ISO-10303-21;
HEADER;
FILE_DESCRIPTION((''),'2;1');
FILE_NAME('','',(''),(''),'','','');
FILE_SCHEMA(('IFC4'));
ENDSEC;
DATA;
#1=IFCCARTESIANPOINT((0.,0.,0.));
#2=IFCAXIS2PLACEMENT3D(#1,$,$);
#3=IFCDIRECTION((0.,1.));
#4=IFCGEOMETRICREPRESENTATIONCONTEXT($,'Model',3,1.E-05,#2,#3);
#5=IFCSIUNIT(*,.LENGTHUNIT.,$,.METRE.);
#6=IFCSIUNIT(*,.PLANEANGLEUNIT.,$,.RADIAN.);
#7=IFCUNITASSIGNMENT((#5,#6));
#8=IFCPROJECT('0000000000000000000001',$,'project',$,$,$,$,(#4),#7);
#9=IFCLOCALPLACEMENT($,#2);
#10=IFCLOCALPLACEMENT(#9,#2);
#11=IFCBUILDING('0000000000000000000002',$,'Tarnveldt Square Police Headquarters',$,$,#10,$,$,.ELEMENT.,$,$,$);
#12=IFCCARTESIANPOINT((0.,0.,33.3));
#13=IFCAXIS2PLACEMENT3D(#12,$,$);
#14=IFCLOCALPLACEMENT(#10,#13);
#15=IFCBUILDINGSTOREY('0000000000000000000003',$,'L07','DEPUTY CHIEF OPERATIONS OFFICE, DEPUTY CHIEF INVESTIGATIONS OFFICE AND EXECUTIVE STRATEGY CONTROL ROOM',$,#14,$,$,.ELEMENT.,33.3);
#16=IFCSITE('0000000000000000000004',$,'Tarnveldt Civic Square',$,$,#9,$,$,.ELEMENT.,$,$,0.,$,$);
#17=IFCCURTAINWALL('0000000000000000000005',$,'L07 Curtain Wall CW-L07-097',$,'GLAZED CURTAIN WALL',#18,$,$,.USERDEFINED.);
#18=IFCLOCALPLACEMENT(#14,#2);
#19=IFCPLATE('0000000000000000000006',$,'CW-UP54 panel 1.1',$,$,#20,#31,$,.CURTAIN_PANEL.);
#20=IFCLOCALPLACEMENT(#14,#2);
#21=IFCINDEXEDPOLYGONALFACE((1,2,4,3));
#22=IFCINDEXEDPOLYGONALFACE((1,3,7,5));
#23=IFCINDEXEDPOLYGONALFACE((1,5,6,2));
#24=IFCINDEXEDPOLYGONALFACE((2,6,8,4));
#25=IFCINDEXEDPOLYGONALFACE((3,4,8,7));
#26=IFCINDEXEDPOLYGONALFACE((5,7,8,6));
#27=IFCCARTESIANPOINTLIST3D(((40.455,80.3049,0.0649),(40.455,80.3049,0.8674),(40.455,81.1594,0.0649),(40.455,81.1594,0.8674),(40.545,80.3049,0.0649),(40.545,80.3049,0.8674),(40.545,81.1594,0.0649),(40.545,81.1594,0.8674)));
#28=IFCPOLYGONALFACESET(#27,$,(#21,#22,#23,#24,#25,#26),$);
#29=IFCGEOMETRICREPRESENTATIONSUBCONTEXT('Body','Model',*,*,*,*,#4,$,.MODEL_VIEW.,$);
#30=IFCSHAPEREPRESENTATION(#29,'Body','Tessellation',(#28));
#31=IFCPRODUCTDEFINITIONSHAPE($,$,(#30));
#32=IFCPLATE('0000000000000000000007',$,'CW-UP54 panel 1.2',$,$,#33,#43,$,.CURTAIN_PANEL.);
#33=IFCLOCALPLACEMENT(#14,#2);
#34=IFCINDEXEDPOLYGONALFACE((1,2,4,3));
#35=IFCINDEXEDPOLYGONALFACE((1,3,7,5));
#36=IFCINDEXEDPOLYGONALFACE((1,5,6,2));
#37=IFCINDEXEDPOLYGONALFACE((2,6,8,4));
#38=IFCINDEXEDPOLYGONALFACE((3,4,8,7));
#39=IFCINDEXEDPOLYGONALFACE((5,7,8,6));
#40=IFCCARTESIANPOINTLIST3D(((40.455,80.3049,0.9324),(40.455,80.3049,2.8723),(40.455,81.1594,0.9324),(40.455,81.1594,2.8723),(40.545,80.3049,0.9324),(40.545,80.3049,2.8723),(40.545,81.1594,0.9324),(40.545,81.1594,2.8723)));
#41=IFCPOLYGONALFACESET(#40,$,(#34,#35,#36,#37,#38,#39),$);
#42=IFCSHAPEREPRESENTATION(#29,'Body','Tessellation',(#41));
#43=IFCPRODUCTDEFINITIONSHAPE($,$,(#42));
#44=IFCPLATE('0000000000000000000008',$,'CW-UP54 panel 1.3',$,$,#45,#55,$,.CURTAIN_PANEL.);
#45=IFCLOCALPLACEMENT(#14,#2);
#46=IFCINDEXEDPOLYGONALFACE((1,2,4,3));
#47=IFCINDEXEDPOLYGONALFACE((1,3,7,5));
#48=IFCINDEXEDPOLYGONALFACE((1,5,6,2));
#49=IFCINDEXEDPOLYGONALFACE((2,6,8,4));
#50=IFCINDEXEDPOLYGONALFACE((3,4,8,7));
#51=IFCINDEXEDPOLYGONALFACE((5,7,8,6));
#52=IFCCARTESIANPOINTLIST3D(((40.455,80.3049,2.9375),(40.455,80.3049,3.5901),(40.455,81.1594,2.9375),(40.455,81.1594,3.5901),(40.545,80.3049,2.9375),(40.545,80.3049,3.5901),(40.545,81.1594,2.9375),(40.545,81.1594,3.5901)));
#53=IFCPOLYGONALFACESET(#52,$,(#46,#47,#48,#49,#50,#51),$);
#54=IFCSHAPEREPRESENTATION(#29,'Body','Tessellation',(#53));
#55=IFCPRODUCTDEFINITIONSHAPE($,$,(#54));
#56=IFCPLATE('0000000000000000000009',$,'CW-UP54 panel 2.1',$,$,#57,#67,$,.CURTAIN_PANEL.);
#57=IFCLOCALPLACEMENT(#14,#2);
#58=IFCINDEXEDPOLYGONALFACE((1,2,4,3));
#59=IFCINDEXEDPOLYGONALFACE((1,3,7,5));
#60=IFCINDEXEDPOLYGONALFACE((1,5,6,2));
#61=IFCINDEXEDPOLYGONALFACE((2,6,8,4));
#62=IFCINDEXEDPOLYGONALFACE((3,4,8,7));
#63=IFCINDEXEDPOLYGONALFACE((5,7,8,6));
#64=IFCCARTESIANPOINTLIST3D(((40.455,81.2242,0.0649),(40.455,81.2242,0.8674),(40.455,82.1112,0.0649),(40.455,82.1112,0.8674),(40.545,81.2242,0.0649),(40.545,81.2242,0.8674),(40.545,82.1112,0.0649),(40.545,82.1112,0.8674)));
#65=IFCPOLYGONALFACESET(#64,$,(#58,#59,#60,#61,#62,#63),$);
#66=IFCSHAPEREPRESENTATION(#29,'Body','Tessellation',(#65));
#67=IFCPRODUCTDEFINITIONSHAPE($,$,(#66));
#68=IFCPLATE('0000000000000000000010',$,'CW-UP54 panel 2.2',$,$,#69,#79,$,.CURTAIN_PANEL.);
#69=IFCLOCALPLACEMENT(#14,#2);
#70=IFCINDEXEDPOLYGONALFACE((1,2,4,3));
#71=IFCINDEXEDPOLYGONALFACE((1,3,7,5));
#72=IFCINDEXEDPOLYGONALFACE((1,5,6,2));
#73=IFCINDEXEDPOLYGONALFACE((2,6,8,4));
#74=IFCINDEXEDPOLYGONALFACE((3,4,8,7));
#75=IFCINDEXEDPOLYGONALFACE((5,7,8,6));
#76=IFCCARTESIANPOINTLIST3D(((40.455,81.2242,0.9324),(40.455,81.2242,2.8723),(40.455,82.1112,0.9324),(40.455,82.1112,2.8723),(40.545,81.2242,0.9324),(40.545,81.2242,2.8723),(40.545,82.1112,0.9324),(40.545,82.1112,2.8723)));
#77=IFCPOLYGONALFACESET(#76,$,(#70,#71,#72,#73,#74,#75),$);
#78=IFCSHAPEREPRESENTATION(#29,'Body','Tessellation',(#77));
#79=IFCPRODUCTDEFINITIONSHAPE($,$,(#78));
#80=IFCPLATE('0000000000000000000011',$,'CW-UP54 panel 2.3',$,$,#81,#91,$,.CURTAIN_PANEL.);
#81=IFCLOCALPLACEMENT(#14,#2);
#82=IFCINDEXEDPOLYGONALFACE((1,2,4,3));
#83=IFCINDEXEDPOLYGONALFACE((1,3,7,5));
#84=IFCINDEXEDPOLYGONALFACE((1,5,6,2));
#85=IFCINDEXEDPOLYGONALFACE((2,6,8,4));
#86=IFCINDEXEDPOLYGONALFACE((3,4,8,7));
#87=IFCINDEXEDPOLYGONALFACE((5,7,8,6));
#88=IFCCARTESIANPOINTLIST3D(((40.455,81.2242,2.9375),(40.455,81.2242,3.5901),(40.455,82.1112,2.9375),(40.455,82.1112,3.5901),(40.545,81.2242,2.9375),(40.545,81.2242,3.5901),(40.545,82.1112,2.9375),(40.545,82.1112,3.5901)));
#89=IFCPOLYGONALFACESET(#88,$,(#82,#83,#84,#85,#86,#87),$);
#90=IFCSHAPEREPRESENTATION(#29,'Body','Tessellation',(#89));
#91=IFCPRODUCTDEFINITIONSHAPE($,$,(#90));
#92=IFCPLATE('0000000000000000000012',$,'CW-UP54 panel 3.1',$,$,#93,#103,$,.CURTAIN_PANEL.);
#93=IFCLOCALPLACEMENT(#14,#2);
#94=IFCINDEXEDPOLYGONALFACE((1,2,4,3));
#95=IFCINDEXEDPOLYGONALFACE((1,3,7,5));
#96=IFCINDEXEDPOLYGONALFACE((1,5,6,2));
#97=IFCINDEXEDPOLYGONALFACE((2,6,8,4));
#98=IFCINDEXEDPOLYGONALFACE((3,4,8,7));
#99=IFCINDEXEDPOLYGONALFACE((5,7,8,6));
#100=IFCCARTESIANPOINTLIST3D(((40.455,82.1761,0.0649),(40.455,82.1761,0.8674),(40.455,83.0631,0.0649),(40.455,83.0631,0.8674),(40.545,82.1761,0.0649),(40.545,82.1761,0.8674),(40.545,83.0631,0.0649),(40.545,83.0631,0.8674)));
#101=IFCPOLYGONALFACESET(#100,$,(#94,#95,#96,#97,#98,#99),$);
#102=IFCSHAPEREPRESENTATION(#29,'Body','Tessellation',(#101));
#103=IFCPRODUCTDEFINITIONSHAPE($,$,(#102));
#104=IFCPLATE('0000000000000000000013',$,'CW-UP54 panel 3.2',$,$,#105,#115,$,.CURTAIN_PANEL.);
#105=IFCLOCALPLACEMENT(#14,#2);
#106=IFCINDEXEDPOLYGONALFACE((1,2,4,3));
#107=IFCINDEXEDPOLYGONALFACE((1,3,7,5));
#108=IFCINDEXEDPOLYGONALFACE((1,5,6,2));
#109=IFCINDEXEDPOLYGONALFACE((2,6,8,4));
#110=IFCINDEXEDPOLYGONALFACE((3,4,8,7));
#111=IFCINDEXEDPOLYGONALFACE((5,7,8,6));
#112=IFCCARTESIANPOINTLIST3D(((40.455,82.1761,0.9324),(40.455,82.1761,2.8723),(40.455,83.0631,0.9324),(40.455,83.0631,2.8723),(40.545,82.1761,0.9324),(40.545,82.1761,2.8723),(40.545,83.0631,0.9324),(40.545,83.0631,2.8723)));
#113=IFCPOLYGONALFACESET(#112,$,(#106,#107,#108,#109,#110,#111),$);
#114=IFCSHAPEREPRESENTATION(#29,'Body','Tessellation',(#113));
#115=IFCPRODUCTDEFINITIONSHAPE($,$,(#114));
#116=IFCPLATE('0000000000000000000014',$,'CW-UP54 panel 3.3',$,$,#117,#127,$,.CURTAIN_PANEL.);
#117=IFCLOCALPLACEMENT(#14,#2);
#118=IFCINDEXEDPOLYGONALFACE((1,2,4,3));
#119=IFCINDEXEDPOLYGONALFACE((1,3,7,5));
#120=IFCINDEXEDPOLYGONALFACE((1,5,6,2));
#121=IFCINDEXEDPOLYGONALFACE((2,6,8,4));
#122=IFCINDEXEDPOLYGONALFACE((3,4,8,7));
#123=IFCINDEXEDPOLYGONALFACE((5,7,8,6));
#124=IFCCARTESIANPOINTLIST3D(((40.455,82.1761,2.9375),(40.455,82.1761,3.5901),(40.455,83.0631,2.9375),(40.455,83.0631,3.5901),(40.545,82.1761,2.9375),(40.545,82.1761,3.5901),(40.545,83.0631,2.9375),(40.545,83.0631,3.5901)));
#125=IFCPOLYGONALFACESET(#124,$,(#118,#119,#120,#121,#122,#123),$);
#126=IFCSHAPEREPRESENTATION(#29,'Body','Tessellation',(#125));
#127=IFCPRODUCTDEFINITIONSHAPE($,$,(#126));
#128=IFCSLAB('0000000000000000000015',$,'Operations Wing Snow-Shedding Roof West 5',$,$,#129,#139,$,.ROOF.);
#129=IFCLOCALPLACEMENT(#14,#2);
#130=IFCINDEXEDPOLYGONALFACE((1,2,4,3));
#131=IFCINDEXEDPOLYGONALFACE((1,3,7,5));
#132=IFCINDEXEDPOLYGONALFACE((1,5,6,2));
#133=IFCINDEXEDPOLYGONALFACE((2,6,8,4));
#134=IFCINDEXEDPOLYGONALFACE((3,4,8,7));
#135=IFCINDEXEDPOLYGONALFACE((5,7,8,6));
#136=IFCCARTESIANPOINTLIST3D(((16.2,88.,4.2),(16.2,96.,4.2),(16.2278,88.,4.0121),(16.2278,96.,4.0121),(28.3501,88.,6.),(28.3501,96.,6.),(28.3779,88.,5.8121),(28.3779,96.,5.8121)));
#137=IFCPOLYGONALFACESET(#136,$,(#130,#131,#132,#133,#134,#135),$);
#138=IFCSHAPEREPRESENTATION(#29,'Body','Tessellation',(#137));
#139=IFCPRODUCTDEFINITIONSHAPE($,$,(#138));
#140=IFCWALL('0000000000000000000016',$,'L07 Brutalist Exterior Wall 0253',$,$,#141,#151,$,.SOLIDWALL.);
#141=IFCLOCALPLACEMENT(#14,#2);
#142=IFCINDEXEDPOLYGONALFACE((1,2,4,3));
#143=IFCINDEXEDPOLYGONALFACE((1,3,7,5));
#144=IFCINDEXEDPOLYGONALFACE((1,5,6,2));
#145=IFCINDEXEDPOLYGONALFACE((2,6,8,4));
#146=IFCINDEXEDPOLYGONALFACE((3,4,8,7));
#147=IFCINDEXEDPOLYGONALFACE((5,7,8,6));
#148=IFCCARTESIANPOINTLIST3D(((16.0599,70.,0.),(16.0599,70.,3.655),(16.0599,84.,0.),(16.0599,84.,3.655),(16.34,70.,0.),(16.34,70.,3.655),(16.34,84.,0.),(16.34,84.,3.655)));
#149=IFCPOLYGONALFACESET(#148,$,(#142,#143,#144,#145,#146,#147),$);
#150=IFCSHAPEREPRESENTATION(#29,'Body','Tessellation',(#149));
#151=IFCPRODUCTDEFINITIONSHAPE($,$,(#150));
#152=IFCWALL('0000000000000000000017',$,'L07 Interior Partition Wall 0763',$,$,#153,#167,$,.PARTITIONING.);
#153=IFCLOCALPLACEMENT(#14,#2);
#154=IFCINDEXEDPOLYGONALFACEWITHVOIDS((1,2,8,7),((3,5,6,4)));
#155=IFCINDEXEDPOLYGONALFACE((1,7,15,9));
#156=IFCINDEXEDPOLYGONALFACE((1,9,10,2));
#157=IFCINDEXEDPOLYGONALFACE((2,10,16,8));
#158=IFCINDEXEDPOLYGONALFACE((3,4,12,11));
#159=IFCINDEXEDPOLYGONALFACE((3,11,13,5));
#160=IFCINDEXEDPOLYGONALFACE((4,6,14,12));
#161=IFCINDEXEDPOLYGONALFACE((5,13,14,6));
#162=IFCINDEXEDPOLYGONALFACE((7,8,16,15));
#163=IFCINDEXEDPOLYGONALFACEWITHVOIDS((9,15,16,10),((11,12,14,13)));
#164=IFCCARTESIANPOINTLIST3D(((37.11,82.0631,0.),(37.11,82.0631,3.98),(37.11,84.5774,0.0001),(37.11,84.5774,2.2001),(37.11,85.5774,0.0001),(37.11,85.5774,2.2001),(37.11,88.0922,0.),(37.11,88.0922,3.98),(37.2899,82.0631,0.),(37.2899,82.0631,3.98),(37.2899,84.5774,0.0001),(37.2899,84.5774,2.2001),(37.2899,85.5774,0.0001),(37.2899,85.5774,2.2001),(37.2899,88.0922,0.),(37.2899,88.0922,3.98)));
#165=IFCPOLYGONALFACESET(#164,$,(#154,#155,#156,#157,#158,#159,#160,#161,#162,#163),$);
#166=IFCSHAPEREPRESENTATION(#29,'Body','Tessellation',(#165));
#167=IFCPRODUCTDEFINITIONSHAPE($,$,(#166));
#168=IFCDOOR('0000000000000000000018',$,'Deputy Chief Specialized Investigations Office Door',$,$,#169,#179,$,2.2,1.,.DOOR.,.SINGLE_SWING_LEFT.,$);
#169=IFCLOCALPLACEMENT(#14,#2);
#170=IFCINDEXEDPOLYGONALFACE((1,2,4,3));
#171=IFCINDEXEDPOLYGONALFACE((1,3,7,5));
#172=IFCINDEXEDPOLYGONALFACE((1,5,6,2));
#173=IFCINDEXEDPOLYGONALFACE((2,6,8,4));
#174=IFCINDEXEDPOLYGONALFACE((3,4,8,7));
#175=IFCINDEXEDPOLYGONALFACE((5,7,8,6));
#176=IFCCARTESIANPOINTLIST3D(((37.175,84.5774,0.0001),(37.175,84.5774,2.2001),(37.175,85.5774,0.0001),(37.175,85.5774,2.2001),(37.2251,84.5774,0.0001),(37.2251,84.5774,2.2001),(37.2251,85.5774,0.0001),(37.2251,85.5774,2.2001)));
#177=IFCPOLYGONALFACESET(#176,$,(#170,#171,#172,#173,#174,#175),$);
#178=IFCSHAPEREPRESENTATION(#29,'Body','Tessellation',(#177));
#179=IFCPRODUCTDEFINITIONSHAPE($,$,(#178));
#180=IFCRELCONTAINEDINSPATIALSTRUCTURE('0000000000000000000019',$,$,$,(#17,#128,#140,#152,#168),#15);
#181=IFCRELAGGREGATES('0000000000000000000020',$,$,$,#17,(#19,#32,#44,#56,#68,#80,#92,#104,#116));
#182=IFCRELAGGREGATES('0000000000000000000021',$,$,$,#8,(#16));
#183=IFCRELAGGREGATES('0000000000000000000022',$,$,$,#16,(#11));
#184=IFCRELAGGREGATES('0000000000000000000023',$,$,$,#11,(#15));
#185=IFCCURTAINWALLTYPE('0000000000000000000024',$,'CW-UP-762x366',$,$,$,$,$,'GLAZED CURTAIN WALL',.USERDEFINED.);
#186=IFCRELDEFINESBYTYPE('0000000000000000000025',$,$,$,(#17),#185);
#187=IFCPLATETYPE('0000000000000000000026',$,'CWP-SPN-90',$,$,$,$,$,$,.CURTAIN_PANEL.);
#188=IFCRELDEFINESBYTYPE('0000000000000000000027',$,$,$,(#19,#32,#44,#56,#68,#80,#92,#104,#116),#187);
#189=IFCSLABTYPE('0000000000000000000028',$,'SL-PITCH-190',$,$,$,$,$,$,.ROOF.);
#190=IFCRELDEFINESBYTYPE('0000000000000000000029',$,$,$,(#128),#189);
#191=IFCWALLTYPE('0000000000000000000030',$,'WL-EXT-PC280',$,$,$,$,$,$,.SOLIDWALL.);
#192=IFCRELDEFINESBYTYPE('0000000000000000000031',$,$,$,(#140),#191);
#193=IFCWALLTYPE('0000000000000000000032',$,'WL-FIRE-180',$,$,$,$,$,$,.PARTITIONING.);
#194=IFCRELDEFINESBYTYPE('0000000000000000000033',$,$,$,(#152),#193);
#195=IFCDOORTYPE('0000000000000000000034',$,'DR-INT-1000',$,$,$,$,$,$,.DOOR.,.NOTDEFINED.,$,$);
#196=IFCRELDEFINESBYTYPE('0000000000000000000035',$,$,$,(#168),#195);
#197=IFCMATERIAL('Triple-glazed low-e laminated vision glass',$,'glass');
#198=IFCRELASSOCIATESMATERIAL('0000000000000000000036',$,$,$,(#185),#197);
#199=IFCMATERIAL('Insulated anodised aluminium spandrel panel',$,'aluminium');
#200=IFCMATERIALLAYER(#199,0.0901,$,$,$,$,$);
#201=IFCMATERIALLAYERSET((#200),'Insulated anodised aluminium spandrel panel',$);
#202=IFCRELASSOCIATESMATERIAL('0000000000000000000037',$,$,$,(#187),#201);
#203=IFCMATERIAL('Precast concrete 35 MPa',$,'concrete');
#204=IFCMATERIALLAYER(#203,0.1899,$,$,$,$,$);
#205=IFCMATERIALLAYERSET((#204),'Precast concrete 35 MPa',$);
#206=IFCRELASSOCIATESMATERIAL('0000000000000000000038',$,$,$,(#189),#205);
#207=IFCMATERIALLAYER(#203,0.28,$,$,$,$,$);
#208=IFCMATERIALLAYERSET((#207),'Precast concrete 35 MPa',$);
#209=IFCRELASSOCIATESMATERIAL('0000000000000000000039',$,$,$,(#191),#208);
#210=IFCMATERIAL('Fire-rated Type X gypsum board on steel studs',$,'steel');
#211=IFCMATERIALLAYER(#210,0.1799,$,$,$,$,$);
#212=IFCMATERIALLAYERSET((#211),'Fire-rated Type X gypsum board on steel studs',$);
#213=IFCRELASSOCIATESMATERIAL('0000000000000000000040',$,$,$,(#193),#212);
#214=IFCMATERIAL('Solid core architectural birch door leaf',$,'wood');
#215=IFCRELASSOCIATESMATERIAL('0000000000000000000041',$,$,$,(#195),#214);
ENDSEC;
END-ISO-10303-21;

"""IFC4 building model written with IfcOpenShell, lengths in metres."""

from ifc_helpers import new_model, si_unit, direction, frame, frame_2d, origin, origin_2d, place, context, subcontext, project, spatial, polyline, rectangle, outline, extrude, material, layer, layer_set, type_object, element, fill, aggregate, save


model = new_model("IFC4")

# Units and contexts
model_context = context("Model", 3, precision=1e-05, world=origin(), true_north=direction((0.0, 1.0)))
body_context = subcontext(model_context, "Body", "Model", "MODEL_VIEW")
ifc_project = project(units=[si_unit("LENGTHUNIT", "METRE"), si_unit("PLANEANGLEUNIT", "RADIAN")], contexts=[model_context])

# Site, building, storey
site_placement = place(None, origin())
site = spatial("IfcSite", under=ifc_project, at=site_placement, Name="Tarnveldt Civic Square", CompositionType="ELEMENT", RefElevation=0.0)
building_placement = place(site_placement, origin())
building = spatial("IfcBuilding", under=site, at=building_placement, Name="Tarnveldt Square Police Headquarters", CompositionType="ELEMENT")
storey_placement = place(building_placement, frame((0.0, 0.0, 33.3)))
storey = spatial("IfcBuildingStorey", under=building, at=storey_placement, Name="L07", Description="DEPUTY CHIEF OPERATIONS OFFICE, DEPUTY CHIEF INVESTIGATIONS OFFICE AND EXECUTIVE STRATEGY CONTROL ROOM", CompositionType="ELEMENT", Elevation=33.3)

# Curtain wall
ifc_material_1 = material(Name="Triple-glazed low-e laminated vision glass", Category="glass")
curtain_wall_type = type_object("IfcCurtainWallType", Name="CW-UP-762x366", ElementType="GLAZED CURTAIN WALL", PredefinedType="USERDEFINED", material=ifc_material_1)
curtain_wall_placement = place(storey_placement, origin())
curtain_wall = element("IfcCurtainWall", 1, at=curtain_wall_placement, inside=storey, type_object=curtain_wall_type, Name="L07 Curtain Wall CW-L07-097", ObjectType="GLAZED CURTAIN WALL", PredefinedType="USERDEFINED")

# Plates
ifc_material_2 = material(Name="Insulated anodised aluminium spandrel panel", Category="aluminium")
ifc_layer_1 = layer(ifc_material_2, 0.0901)
ifc_layer_set_1 = layer_set([ifc_layer_1], Name="Insulated anodised aluminium spandrel panel")
plate_type = type_object("IfcPlateType", Name="CWP-SPN-90", PredefinedType="CURTAIN_PANEL", material=ifc_layer_set_1)
plate_1_placement = place(storey_placement, frame((40.5, 80.7322, 0.0649), z_axis=(0.0, 0.0, 1.0), x_axis=(0.0, 1.0, 0.0)))
plate_1 = element("IfcPlate", 2, at=plate_1_placement, type_object=plate_type, Name="CW-UP54 panel 1.1", PredefinedType="CURTAIN_PANEL", context=body_context, shape_type="SweptSolid", body=[
    extrude(rectangle(XDim=0.8545, YDim=0.0901, at=origin_2d()), origin(), (0.0, 0.0, 1.0), 0.8025),
])
plate_2_placement = place(storey_placement, frame((40.5, 80.7322, 0.9324), z_axis=(0.0, 0.0, 1.0), x_axis=(0.0, 1.0, 0.0)))
plate_2 = element("IfcPlate", 3, at=plate_2_placement, type_object=plate_type, Name="CW-UP54 panel 1.2", PredefinedType="CURTAIN_PANEL", context=body_context, shape_type="SweptSolid", body=[
    extrude(rectangle(XDim=0.8545, YDim=0.0901, at=origin_2d()), origin(), (0.0, 0.0, 1.0), 1.9399),
])
plate_3_placement = place(storey_placement, frame((40.5, 80.7322, 2.9375), z_axis=(0.0, 0.0, 1.0), x_axis=(0.0, 1.0, 0.0)))
plate_3 = element("IfcPlate", 4, at=plate_3_placement, type_object=plate_type, Name="CW-UP54 panel 1.3", PredefinedType="CURTAIN_PANEL", context=body_context, shape_type="SweptSolid", body=[
    extrude(rectangle(XDim=0.8545, YDim=0.0901, at=origin_2d()), origin(), (0.0, 0.0, 1.0), 0.6526),
])
plate_4_placement = place(storey_placement, frame((40.5, 81.6677, 0.0649), z_axis=(0.0, 0.0, 1.0), x_axis=(0.0, 1.0, 0.0)))
plate_4 = element("IfcPlate", 5, at=plate_4_placement, type_object=plate_type, Name="CW-UP54 panel 2.1", PredefinedType="CURTAIN_PANEL", context=body_context, shape_type="SweptSolid", body=[
    extrude(rectangle(XDim=0.887, YDim=0.0901, at=origin_2d()), origin(), (0.0, 0.0, 1.0), 0.8025),
])
plate_5_placement = place(storey_placement, frame((40.5, 81.6677, 0.9324), z_axis=(0.0, 0.0, 1.0), x_axis=(0.0, 1.0, 0.0)))
plate_5 = element("IfcPlate", 6, at=plate_5_placement, type_object=plate_type, Name="CW-UP54 panel 2.2", PredefinedType="CURTAIN_PANEL", context=body_context, shape_type="SweptSolid", body=[
    extrude(rectangle(XDim=0.887, YDim=0.0901, at=origin_2d()), origin(), (0.0, 0.0, 1.0), 1.9399),
])
plate_6_placement = place(storey_placement, frame((40.5, 81.6677, 2.9375), z_axis=(0.0, 0.0, 1.0), x_axis=(0.0, 1.0, 0.0)))
plate_6 = element("IfcPlate", 7, at=plate_6_placement, type_object=plate_type, Name="CW-UP54 panel 2.3", PredefinedType="CURTAIN_PANEL", context=body_context, shape_type="SweptSolid", body=[
    extrude(rectangle(XDim=0.887, YDim=0.0901, at=origin_2d()), origin(), (0.0, 0.0, 1.0), 0.6526),
])
plate_7_placement = place(storey_placement, frame((40.5, 82.6196, 0.0649), z_axis=(0.0, 0.0, 1.0), x_axis=(0.0, 1.0, 0.0)))
plate_7 = element("IfcPlate", 8, at=plate_7_placement, type_object=plate_type, Name="CW-UP54 panel 3.1", PredefinedType="CURTAIN_PANEL", context=body_context, shape_type="SweptSolid", body=[
    extrude(rectangle(XDim=0.887, YDim=0.0901, at=origin_2d()), origin(), (0.0, 0.0, 1.0), 0.8025),
])
plate_8_placement = place(storey_placement, frame((40.5, 82.6196, 0.9324), z_axis=(0.0, 0.0, 1.0), x_axis=(0.0, 1.0, 0.0)))
plate_8 = element("IfcPlate", 9, at=plate_8_placement, type_object=plate_type, Name="CW-UP54 panel 3.2", PredefinedType="CURTAIN_PANEL", context=body_context, shape_type="SweptSolid", body=[
    extrude(rectangle(XDim=0.887, YDim=0.0901, at=origin_2d()), origin(), (0.0, 0.0, 1.0), 1.9399),
])
plate_9_placement = place(storey_placement, frame((40.5, 82.6196, 2.9375), z_axis=(0.0, 0.0, 1.0), x_axis=(0.0, 1.0, 0.0)))
plate_9 = element("IfcPlate", 10, at=plate_9_placement, type_object=plate_type, Name="CW-UP54 panel 3.3", PredefinedType="CURTAIN_PANEL", context=body_context, shape_type="SweptSolid", body=[
    extrude(rectangle(XDim=0.887, YDim=0.0901, at=origin_2d()), origin(), (0.0, 0.0, 1.0), 0.6526),
])
aggregate(curtain_wall, [plate_1, plate_2, plate_3, plate_4, plate_5, plate_6, plate_7, plate_8, plate_9])

# Slab
ifc_material_3 = material(Name="Precast concrete 35 MPa", Category="concrete")
ifc_layer_2 = layer(ifc_material_3, 0.1899)
ifc_layer_set_2 = layer_set([ifc_layer_2], Name="Precast concrete 35 MPa")
slab_type = type_object("IfcSlabType", Name="SL-PITCH-190", PredefinedType="ROOF", material=ifc_layer_set_2)
slab_placement = place(storey_placement, frame((16.2, 88.0, 4.2), z_axis=(-0.146551, 0.0, 0.989203), x_axis=(0.0, 1.0, 0.0)))
element("IfcSlab", 11, at=slab_placement, inside=storey, type_object=slab_type, Name="Operations Wing Snow-Shedding Roof West 5", PredefinedType="ROOF", context=body_context, shape_type="SweptSolid", body=[
    extrude(outline(polyline([(0.0, 0.0), (8.0, 0.0), (8.0, -12.2828), (0.0, -12.2828), (0.0, 0.0)])), origin(), (0.0, 0.0, -1.0), 0.1899),
])

# Wall
ifc_layer_3 = layer(ifc_material_3, 0.28)
ifc_layer_set_3 = layer_set([ifc_layer_3], Name="Precast concrete 35 MPa")
wall_type_1 = type_object("IfcWallType", Name="WL-EXT-PC280", PredefinedType="SOLIDWALL", material=ifc_layer_set_3)
wall_1_placement = place(storey_placement, frame((16.2, 84.0, 0.0), z_axis=(0.0, 0.0, 1.0), x_axis=(0.0, -1.0, 0.0)))
element("IfcWall", 12, at=wall_1_placement, inside=storey, type_object=wall_type_1, Name="L07 Brutalist Exterior Wall 0253", PredefinedType="SOLIDWALL", context=body_context, shape_type="SweptSolid", body=[
    extrude(rectangle(XDim=14.0, YDim=0.28, at=frame_2d((7.0, 0.0))), origin(), (0.0, 0.0, 1.0), 3.655),
])

# Wall, opening, door
ifc_material_4 = material(Name="Fire-rated Type X gypsum board on steel studs", Category="steel")
ifc_layer_4 = layer(ifc_material_4, 0.1799)
ifc_layer_set_4 = layer_set([ifc_layer_4], Name="Fire-rated Type X gypsum board on steel studs")
wall_type_2 = type_object("IfcWallType", Name="WL-FIRE-180", PredefinedType="PARTITIONING", material=ifc_layer_set_4)
wall_2_placement = place(storey_placement, frame((37.2, 82.063, 0.0), z_axis=(0.0, 0.0, 1.0), x_axis=(0.0, 1.0, 0.0)))
wall_2 = element("IfcWall", 13, at=wall_2_placement, inside=storey, type_object=wall_type_2, Name="L07 Interior Partition Wall 0763", PredefinedType="PARTITIONING", context=body_context, shape_type="SweptSolid", body=[
    extrude(rectangle(XDim=6.0291, YDim=0.1799, at=frame_2d((3.0146, 0.0))), origin(), (0.0, 0.0, 1.0), 3.98),
])
opening_placement = place(wall_2_placement, frame((2.5144, 0.0, 0.0)))
opening = element("IfcOpeningElement", 14, at=opening_placement, cuts=wall_2, PredefinedType="OPENING", context=body_context, shape_type="SweptSolid", body=[
    extrude(rectangle(XDim=1.0, YDim=2.2, at=frame_2d((0.5, 1.1001))), frame((0.0, 0.0999, 0.0), z_axis=(0.0, -1.0, 0.0), x_axis=(1.0, 0.0, 0.0)), (0.0, 0.0, 1.0), 0.2),
])
ifc_material_5 = material(Name="Solid core architectural birch door leaf", Category="wood")
door_type = type_object("IfcDoorType", Name="DR-INT-1000", OperationType="NOTDEFINED", PredefinedType="DOOR", material=ifc_material_5)
door_placement = place(opening_placement, origin())
door = element("IfcDoor", 15, at=door_placement, inside=storey, type_object=door_type, Name="Deputy Chief Specialized Investigations Office Door", OperationType="SINGLE_SWING_LEFT", OverallHeight=2.2, OverallWidth=1.0, PredefinedType="DOOR", context=body_context, shape_type="SweptSolid", body=[
    extrude(rectangle(XDim=1.0, YDim=2.2, at=frame_2d((0.5, 1.1001))), frame((0.0, 0.0249, 0.0), z_axis=(0.0, -1.0, 0.0), x_axis=(1.0, 0.0, 0.0)), (0.0, 0.0, 1.0), 0.05),
])
fill(opening, door)

save(model, "model.ifc")
